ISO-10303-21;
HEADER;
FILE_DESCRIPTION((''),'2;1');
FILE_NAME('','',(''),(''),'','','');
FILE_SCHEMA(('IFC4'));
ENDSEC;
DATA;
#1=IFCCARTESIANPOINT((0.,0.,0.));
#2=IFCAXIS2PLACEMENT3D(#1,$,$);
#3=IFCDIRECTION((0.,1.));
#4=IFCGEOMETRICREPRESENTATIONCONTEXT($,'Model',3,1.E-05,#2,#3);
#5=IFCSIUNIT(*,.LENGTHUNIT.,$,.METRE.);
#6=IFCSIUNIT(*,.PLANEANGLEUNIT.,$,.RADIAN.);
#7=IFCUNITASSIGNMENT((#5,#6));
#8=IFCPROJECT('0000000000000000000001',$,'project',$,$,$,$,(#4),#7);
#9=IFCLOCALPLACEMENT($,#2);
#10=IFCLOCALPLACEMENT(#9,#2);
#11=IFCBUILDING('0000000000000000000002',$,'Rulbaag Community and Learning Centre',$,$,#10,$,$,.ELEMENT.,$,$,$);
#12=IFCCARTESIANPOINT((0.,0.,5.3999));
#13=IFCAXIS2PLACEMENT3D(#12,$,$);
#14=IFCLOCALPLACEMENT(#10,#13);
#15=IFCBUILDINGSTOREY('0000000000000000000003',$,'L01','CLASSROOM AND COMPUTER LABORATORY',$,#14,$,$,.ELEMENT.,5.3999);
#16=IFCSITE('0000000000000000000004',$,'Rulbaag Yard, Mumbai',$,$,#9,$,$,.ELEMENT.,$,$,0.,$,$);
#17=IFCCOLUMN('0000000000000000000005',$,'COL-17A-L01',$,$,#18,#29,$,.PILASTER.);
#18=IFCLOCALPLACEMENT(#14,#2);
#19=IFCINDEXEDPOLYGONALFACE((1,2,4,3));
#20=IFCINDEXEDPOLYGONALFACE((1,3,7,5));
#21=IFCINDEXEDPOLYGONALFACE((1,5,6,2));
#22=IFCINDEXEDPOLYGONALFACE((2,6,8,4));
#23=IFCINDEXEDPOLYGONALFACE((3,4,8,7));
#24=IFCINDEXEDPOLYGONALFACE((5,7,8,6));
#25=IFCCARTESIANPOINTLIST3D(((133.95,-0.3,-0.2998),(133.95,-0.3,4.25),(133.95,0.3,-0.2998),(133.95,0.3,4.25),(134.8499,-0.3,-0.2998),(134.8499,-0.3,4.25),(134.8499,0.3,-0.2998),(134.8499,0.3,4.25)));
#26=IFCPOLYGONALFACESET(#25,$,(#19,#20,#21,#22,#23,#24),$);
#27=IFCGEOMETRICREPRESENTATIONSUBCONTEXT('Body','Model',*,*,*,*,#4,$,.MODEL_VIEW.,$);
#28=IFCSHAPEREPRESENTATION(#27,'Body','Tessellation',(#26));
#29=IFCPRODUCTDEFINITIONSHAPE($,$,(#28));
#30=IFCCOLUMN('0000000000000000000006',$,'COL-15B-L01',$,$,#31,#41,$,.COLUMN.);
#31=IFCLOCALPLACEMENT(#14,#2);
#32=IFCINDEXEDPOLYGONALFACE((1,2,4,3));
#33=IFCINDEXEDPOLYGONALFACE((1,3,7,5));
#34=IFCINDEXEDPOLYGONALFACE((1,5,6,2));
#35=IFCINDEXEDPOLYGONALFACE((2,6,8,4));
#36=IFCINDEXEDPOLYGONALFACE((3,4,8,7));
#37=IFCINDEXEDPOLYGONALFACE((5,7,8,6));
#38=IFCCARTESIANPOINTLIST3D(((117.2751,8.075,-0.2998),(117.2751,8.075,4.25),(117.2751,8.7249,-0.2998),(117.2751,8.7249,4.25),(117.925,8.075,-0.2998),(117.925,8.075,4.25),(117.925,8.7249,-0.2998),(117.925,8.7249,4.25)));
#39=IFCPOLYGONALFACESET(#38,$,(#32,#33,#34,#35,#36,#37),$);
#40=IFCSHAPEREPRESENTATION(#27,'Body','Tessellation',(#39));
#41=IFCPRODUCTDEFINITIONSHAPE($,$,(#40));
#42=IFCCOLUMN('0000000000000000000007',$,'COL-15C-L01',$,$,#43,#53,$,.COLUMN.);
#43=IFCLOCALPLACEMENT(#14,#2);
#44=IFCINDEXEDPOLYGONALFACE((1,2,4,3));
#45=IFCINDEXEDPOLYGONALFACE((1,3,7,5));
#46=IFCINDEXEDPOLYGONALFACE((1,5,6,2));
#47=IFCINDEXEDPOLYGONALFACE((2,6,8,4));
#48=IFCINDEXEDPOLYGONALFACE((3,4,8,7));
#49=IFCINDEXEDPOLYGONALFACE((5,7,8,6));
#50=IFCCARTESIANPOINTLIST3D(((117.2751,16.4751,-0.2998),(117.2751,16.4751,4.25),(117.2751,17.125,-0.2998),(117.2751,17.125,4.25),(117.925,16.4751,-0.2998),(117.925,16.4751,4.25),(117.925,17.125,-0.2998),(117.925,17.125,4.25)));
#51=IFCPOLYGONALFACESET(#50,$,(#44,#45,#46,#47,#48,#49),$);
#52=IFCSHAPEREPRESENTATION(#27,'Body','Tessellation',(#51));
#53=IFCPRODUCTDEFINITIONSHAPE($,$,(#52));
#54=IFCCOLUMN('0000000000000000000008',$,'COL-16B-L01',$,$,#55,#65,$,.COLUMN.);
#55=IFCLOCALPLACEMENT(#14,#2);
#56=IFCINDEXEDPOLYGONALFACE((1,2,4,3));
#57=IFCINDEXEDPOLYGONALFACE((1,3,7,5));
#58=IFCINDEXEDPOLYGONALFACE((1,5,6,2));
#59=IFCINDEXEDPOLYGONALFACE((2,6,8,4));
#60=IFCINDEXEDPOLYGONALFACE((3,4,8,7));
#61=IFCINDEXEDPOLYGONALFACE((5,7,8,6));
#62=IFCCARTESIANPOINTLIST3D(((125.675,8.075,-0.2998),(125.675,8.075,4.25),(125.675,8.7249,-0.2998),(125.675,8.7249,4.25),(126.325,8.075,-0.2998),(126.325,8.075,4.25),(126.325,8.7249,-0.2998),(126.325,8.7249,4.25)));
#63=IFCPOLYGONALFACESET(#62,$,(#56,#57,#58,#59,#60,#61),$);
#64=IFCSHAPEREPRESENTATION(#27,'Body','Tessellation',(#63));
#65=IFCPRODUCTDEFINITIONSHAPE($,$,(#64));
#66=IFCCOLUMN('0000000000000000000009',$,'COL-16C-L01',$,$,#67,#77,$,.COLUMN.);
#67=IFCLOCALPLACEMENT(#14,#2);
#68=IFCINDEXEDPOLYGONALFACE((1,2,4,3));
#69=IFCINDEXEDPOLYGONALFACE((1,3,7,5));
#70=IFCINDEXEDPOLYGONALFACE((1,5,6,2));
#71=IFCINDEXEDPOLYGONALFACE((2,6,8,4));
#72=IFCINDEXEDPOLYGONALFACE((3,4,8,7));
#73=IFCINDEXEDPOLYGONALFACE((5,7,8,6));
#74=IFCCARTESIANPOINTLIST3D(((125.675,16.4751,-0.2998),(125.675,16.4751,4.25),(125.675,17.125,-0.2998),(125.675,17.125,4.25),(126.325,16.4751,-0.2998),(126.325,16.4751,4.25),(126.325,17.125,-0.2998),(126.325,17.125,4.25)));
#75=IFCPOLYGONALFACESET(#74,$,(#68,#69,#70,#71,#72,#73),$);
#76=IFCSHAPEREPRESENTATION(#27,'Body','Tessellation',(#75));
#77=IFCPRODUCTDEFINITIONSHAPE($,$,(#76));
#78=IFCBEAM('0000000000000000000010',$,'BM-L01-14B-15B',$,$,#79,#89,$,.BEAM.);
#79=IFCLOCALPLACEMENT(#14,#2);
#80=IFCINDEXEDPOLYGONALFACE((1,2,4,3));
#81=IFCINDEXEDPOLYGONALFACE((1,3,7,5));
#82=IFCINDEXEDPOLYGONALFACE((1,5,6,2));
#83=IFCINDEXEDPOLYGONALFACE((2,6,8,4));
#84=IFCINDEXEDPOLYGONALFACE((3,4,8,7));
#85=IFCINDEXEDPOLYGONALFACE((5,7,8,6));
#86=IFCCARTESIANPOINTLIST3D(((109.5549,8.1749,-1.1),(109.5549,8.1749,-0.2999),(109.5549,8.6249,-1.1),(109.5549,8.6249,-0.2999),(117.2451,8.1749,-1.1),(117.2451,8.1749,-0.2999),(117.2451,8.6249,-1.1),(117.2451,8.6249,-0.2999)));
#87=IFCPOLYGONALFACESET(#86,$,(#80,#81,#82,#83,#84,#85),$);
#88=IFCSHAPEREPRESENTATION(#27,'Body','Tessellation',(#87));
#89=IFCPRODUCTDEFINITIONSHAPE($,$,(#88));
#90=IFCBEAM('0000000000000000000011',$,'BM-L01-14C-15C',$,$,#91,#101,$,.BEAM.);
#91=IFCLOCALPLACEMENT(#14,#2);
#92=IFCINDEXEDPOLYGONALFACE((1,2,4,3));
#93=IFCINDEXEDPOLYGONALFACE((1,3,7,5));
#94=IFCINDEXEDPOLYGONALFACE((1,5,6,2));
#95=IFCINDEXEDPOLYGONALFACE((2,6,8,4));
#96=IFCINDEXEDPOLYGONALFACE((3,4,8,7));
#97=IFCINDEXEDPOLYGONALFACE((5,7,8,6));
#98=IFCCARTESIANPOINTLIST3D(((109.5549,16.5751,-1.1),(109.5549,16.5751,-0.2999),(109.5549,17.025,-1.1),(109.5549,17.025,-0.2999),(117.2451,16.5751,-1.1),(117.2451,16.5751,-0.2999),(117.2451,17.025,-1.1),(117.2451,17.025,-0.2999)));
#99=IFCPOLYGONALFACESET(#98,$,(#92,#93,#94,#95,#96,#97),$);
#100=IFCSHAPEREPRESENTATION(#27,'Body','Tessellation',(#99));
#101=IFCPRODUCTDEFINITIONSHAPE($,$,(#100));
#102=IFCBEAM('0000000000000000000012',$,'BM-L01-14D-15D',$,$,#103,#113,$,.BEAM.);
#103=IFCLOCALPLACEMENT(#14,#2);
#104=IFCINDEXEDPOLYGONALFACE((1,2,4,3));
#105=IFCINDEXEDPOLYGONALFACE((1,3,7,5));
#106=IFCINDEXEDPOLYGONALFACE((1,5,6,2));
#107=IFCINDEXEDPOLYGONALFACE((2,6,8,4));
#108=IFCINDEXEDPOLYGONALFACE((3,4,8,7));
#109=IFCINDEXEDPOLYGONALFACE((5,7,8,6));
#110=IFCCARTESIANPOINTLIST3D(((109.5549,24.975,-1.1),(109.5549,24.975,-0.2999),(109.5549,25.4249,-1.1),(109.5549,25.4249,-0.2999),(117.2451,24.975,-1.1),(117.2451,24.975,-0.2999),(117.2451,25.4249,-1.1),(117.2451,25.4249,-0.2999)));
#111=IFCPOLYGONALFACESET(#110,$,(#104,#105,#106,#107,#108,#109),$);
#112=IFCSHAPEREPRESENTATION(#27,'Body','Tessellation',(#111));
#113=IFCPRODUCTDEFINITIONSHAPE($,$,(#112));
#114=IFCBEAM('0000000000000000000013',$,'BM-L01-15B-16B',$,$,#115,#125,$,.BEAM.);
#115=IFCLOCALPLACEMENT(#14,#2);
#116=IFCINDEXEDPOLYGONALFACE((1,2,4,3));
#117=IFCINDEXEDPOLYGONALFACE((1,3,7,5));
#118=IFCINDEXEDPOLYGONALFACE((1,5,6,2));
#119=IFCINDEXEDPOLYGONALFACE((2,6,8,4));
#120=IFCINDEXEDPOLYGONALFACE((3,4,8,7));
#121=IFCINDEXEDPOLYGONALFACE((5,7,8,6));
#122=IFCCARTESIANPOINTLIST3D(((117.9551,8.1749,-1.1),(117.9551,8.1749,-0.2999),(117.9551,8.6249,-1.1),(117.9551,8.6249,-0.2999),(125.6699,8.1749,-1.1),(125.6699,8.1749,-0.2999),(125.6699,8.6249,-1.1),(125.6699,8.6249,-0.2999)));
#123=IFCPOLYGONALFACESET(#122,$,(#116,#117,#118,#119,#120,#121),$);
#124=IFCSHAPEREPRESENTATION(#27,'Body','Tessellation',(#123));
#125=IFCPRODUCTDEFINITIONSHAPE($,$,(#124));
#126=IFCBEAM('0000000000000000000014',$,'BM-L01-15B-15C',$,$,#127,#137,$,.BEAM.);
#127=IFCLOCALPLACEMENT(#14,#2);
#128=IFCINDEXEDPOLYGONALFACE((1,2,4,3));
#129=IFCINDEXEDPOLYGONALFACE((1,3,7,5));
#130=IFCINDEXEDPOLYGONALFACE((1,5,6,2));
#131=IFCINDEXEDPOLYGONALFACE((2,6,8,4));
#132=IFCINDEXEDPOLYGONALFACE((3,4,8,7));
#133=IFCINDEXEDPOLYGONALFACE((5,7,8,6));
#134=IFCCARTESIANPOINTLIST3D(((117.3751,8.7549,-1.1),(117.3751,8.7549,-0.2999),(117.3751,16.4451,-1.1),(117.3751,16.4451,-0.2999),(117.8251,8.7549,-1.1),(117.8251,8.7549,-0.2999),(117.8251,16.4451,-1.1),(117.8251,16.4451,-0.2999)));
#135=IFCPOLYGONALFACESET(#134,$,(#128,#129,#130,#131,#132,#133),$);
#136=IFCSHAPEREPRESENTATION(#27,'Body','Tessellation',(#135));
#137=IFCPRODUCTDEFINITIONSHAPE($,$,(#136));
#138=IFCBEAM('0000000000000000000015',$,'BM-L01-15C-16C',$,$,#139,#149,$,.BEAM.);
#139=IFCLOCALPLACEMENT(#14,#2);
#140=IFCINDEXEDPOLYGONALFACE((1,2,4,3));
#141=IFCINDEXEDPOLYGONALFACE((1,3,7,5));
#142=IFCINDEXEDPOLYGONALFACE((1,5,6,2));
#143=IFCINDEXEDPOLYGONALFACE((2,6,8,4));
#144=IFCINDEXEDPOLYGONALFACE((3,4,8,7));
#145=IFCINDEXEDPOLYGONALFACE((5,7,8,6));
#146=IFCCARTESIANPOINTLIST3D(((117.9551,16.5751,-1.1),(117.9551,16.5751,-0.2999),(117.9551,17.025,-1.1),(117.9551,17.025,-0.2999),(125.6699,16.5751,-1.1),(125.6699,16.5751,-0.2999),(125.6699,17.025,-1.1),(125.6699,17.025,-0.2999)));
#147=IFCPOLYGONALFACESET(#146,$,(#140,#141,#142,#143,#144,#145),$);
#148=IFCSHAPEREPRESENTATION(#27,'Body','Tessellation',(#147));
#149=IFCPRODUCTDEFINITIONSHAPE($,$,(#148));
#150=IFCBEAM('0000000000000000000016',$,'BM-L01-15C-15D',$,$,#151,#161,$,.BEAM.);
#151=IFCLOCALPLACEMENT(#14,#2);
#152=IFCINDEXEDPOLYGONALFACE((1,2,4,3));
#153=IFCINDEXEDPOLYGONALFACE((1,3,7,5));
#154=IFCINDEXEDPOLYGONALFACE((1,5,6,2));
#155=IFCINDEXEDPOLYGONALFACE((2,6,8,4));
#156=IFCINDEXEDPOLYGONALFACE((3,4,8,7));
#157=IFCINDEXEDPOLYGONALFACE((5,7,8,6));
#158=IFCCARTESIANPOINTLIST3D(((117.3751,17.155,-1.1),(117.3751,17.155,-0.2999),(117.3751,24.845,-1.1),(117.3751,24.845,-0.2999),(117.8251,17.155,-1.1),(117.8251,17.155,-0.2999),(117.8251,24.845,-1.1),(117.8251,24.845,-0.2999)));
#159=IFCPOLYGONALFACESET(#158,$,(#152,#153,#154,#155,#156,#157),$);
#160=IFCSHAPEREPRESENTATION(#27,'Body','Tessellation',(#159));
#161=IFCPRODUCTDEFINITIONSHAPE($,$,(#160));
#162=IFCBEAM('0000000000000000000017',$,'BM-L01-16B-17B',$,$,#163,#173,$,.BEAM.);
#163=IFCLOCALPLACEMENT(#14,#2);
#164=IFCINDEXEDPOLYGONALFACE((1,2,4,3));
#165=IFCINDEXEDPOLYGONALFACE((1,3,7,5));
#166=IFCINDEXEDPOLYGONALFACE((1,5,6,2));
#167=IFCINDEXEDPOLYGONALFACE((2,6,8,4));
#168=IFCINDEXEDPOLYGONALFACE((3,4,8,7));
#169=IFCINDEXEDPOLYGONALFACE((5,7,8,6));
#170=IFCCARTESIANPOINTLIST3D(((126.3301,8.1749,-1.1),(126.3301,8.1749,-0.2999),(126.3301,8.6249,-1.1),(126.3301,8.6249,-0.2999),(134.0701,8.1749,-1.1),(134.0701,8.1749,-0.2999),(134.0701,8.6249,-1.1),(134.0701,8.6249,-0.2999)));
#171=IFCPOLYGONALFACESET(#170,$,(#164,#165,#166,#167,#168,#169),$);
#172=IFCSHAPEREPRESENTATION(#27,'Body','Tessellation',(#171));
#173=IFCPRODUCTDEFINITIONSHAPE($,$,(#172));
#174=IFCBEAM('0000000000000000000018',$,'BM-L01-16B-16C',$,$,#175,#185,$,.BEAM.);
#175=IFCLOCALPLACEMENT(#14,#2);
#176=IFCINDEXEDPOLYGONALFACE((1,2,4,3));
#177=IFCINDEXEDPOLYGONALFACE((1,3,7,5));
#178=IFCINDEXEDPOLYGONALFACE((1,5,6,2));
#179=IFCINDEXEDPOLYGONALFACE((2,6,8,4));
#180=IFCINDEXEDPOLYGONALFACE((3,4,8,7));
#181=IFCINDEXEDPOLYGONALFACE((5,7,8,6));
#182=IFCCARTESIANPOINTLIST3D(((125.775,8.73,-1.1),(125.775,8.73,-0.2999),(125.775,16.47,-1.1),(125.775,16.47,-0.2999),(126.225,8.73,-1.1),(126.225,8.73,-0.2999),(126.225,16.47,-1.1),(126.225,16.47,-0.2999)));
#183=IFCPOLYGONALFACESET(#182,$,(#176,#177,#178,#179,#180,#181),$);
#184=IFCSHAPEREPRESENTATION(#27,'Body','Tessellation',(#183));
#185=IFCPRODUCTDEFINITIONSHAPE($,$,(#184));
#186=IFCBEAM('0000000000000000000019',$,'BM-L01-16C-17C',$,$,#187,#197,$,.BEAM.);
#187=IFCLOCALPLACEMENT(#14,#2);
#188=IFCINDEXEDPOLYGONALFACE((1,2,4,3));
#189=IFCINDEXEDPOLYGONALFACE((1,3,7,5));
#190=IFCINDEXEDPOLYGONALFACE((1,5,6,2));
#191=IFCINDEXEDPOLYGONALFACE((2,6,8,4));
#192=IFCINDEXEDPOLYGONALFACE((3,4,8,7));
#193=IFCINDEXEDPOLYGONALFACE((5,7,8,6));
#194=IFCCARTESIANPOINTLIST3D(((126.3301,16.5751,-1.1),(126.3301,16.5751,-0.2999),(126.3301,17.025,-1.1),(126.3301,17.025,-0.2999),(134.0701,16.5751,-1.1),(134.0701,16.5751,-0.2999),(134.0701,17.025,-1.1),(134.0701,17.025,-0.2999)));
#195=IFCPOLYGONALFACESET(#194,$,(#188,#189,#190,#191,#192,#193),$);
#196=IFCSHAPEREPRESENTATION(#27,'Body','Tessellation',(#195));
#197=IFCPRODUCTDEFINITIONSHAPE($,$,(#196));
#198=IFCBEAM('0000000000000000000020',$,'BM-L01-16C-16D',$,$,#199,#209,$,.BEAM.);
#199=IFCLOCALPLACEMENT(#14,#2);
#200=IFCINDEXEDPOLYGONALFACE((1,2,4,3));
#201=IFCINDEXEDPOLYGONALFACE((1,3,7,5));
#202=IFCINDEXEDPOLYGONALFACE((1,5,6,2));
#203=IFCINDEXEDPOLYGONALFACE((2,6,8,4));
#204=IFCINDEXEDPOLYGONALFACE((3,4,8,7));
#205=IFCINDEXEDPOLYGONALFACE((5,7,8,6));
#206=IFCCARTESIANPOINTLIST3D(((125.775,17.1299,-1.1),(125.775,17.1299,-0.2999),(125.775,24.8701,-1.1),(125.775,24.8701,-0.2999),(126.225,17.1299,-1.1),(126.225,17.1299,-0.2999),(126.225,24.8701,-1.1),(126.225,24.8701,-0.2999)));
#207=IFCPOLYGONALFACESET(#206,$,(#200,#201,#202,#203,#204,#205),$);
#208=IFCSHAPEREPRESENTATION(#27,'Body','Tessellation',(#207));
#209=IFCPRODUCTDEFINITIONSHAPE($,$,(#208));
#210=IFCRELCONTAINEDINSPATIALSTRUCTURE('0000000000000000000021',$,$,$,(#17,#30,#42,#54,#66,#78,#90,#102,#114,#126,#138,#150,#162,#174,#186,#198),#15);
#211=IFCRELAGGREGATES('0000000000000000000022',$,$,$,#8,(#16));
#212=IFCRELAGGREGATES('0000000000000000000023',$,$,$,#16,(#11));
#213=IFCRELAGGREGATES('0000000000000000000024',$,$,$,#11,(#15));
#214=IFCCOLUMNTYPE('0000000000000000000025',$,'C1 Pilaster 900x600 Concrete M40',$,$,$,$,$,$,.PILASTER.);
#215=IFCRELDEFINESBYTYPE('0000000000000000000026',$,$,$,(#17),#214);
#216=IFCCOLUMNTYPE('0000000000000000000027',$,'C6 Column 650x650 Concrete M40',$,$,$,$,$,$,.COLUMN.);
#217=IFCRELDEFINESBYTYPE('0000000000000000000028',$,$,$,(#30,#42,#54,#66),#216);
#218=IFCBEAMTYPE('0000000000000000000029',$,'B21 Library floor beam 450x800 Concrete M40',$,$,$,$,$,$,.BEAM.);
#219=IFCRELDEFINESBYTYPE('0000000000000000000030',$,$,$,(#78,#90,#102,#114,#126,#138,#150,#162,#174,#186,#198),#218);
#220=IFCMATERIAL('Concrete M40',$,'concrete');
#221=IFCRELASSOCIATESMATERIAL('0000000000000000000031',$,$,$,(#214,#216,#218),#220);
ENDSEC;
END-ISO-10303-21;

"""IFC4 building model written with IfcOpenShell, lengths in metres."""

from ifc_helpers import new_model, si_unit, direction, frame, origin, origin_2d, place, context, subcontext, project, spatial, rectangle, extrude, material, material_profile, profile_set, type_object, element, save


model = new_model("IFC4")

# Units and contexts
model_context = context("Model", 3, precision=1e-05, world=origin(), true_north=direction((0.0, 1.0)))
body_context = subcontext(model_context, "Body", "Model", "MODEL_VIEW")
ifc_project = project(units=[si_unit("LENGTHUNIT", "METRE"), si_unit("PLANEANGLEUNIT", "RADIAN")], contexts=[model_context])

# Site, building, storey
site_placement = place(None, origin())
site = spatial("IfcSite", under=ifc_project, at=site_placement, Name="Rulbaag Yard, Mumbai", CompositionType="ELEMENT", RefElevation=0.0)
building_placement = place(site_placement, origin())
building = spatial("IfcBuilding", under=site, at=building_placement, Name="Rulbaag Community and Learning Centre", CompositionType="ELEMENT")
storey_placement = place(building_placement, frame((0.0, 0.0, 5.3999)))
storey = spatial("IfcBuildingStorey", under=building, at=storey_placement, Name="L01", Description="CLASSROOM AND COMPUTER LABORATORY", CompositionType="ELEMENT", Elevation=5.3999)

# Columns
ifc_material_1 = material(Name="Concrete M40", Category="concrete")
ifc_material_profile_1 = material_profile(ifc_material_1, rectangle(XDim=0.8999, YDim=0.6001, at=origin_2d()), Name="RC900x600")
ifc_profile_set_1 = profile_set([ifc_material_profile_1], Name="Concrete M40")
column_type_1 = type_object("IfcColumnType", Name="C1 Pilaster 900x600 Concrete M40", PredefinedType="PILASTER", material=ifc_profile_set_1)
column_placement = place(storey_placement, frame((134.3999, 0.0, -0.2998), z_axis=(0.0, 0.0, 1.0), x_axis=(1.0, 0.0, 0.0)))
element("IfcColumn", 1, at=column_placement, inside=storey, type_object=column_type_1, Name="COL-17A-L01", PredefinedType="PILASTER", context=body_context, shape_type="SweptSolid", body=[
    extrude(rectangle(XDim=0.8999, YDim=0.6001, at=origin_2d()), origin(), (0.0, 0.0, 1.0), 4.5498),
])
ifc_material_profile_2 = material_profile(ifc_material_1, rectangle(XDim=0.6499, YDim=0.6499, at=origin_2d()), Name="RC650x650")
ifc_profile_set_2 = profile_set([ifc_material_profile_2], Name="Concrete M40")
column_type_2 = type_object("IfcColumnType", Name="C6 Column 650x650 Concrete M40", PredefinedType="COLUMN", material=ifc_profile_set_2)
for number, where, z_axis, x_axis, name in (
    (2, (117.6001, 8.3999, -0.2998), (0.0, 0.0, 1.0), (1.0, 0.0, 0.0), "COL-15B-L01"),
    (3, (117.6001, 16.8, -0.2998), (0.0, 0.0, 1.0), (1.0, 0.0, 0.0), "COL-15C-L01"),
    (4, (126.0, 8.3999, -0.2998), (0.0, 0.0, 1.0), (1.0, 0.0, 0.0), "COL-16B-L01"),
    (5, (126.0, 16.8, -0.2998), (0.0, 0.0, 1.0), (1.0, 0.0, 0.0), "COL-16C-L01"),
):
    element("IfcColumn", number, at=place(storey_placement, frame(where, z_axis=z_axis, x_axis=x_axis)), inside=storey, type_object=column_type_2, Name=name, PredefinedType="COLUMN", context=body_context, shape_type="SweptSolid", body=[
        extrude(rectangle(XDim=0.6499, YDim=0.6499, at=origin_2d()), origin(), (0.0, 0.0, 1.0), 4.5498),
    ])

# Beams
ifc_material_profile_3 = material_profile(ifc_material_1, rectangle(XDim=0.45, YDim=0.8, at=origin_2d()), Name="RB450x800")
ifc_profile_set_3 = profile_set([ifc_material_profile_3], Name="Concrete M40")
beam_type = type_object("IfcBeamType", Name="B21 Library floor beam 450x800 Concrete M40", PredefinedType="BEAM", material=ifc_profile_set_3)
for number, where, z_axis, x_axis, name in (
    (6, (109.5549, 8.3999, -0.7), (1.0, 0.0, 0.0), (0.0, 1.0, 0.0), "BM-L01-14B-15B"),
    (7, (109.5549, 16.8, -0.7), (1.0, 0.0, 0.0), (0.0, 1.0, 0.0), "BM-L01-14C-15C"),
    (8, (109.5549, 25.2, -0.7), (1.0, 0.0, 0.0), (0.0, 1.0, 0.0), "BM-L01-14D-15D"),
):
    element("IfcBeam", number, at=place(storey_placement, frame(where, z_axis=z_axis, x_axis=x_axis)), inside=storey, type_object=beam_type, Name=name, PredefinedType="BEAM", context=body_context, shape_type="SweptSolid", body=[
        extrude(rectangle(XDim=0.45, YDim=0.8, at=origin_2d()), origin(), (0.0, 0.0, 1.0), 7.6902),
    ])
beam_1_placement = place(storey_placement, frame((117.9551, 8.3999, -0.7), z_axis=(1.0, 0.0, 0.0), x_axis=(0.0, 1.0, 0.0)))
element("IfcBeam", 9, at=beam_1_placement, inside=storey, type_object=beam_type, Name="BM-L01-15B-16B", PredefinedType="BEAM", context=body_context, shape_type="SweptSolid", body=[
    extrude(rectangle(XDim=0.45, YDim=0.8, at=origin_2d()), origin(), (0.0, 0.0, 1.0), 7.7148),
])
beam_2_placement = place(storey_placement, frame((117.6001, 8.7549, -0.7), z_axis=(0.0, 1.0, 0.0), x_axis=(-1.0, 0.0, 0.0)))
element("IfcBeam", 10, at=beam_2_placement, inside=storey, type_object=beam_type, Name="BM-L01-15B-15C", PredefinedType="BEAM", context=body_context, shape_type="SweptSolid", body=[
    extrude(rectangle(XDim=0.45, YDim=0.8, at=origin_2d()), origin(), (0.0, 0.0, 1.0), 7.6902),
])
beam_3_placement = place(storey_placement, frame((117.9551, 16.8, -0.7), z_axis=(1.0, 0.0, 0.0), x_axis=(0.0, 1.0, 0.0)))
element("IfcBeam", 11, at=beam_3_placement, inside=storey, type_object=beam_type, Name="BM-L01-15C-16C", PredefinedType="BEAM", context=body_context, shape_type="SweptSolid", body=[
    extrude(rectangle(XDim=0.45, YDim=0.8, at=origin_2d()), origin(), (0.0, 0.0, 1.0), 7.7148),
])
beam_4_placement = place(storey_placement, frame((117.6001, 17.155, -0.7), z_axis=(0.0, 1.0, 0.0), x_axis=(-1.0, 0.0, 0.0)))
element("IfcBeam", 12, at=beam_4_placement, inside=storey, type_object=beam_type, Name="BM-L01-15C-15D", PredefinedType="BEAM", context=body_context, shape_type="SweptSolid", body=[
    extrude(rectangle(XDim=0.45, YDim=0.8, at=origin_2d()), origin(), (0.0, 0.0, 1.0), 7.6899),
])
for number, where, z_axis, x_axis, name in (
    (13, (126.3301, 8.3999, -0.7), (1.0, 0.0, 0.0), (0.0, 1.0, 0.0), "BM-L01-16B-17B"),
    (14, (126.0, 8.73, -0.7), (0.0, 1.0, 0.0), (-1.0, 0.0, 0.0), "BM-L01-16B-16C"),
    (15, (126.3301, 16.8, -0.7), (1.0, 0.0, 0.0), (0.0, 1.0, 0.0), "BM-L01-16C-17C"),
):
    element("IfcBeam", number, at=place(storey_placement, frame(where, z_axis=z_axis, x_axis=x_axis)), inside=storey, type_object=beam_type, Name=name, PredefinedType="BEAM", context=body_context, shape_type="SweptSolid", body=[
        extrude(rectangle(XDim=0.45, YDim=0.8, at=origin_2d()), origin(), (0.0, 0.0, 1.0), 7.74),
    ])
beam_5_placement = place(storey_placement, frame((126.0, 17.1299, -0.7), z_axis=(0.0, 1.0, 0.0), x_axis=(-1.0, 0.0, 0.0)))
element("IfcBeam", 16, at=beam_5_placement, inside=storey, type_object=beam_type, Name="BM-L01-16C-16D", PredefinedType="BEAM", context=body_context, shape_type="SweptSolid", body=[
    extrude(rectangle(XDim=0.45, YDim=0.8, at=origin_2d()), origin(), (0.0, 0.0, 1.0), 7.7402),
])

save(model, "model.ifc")
